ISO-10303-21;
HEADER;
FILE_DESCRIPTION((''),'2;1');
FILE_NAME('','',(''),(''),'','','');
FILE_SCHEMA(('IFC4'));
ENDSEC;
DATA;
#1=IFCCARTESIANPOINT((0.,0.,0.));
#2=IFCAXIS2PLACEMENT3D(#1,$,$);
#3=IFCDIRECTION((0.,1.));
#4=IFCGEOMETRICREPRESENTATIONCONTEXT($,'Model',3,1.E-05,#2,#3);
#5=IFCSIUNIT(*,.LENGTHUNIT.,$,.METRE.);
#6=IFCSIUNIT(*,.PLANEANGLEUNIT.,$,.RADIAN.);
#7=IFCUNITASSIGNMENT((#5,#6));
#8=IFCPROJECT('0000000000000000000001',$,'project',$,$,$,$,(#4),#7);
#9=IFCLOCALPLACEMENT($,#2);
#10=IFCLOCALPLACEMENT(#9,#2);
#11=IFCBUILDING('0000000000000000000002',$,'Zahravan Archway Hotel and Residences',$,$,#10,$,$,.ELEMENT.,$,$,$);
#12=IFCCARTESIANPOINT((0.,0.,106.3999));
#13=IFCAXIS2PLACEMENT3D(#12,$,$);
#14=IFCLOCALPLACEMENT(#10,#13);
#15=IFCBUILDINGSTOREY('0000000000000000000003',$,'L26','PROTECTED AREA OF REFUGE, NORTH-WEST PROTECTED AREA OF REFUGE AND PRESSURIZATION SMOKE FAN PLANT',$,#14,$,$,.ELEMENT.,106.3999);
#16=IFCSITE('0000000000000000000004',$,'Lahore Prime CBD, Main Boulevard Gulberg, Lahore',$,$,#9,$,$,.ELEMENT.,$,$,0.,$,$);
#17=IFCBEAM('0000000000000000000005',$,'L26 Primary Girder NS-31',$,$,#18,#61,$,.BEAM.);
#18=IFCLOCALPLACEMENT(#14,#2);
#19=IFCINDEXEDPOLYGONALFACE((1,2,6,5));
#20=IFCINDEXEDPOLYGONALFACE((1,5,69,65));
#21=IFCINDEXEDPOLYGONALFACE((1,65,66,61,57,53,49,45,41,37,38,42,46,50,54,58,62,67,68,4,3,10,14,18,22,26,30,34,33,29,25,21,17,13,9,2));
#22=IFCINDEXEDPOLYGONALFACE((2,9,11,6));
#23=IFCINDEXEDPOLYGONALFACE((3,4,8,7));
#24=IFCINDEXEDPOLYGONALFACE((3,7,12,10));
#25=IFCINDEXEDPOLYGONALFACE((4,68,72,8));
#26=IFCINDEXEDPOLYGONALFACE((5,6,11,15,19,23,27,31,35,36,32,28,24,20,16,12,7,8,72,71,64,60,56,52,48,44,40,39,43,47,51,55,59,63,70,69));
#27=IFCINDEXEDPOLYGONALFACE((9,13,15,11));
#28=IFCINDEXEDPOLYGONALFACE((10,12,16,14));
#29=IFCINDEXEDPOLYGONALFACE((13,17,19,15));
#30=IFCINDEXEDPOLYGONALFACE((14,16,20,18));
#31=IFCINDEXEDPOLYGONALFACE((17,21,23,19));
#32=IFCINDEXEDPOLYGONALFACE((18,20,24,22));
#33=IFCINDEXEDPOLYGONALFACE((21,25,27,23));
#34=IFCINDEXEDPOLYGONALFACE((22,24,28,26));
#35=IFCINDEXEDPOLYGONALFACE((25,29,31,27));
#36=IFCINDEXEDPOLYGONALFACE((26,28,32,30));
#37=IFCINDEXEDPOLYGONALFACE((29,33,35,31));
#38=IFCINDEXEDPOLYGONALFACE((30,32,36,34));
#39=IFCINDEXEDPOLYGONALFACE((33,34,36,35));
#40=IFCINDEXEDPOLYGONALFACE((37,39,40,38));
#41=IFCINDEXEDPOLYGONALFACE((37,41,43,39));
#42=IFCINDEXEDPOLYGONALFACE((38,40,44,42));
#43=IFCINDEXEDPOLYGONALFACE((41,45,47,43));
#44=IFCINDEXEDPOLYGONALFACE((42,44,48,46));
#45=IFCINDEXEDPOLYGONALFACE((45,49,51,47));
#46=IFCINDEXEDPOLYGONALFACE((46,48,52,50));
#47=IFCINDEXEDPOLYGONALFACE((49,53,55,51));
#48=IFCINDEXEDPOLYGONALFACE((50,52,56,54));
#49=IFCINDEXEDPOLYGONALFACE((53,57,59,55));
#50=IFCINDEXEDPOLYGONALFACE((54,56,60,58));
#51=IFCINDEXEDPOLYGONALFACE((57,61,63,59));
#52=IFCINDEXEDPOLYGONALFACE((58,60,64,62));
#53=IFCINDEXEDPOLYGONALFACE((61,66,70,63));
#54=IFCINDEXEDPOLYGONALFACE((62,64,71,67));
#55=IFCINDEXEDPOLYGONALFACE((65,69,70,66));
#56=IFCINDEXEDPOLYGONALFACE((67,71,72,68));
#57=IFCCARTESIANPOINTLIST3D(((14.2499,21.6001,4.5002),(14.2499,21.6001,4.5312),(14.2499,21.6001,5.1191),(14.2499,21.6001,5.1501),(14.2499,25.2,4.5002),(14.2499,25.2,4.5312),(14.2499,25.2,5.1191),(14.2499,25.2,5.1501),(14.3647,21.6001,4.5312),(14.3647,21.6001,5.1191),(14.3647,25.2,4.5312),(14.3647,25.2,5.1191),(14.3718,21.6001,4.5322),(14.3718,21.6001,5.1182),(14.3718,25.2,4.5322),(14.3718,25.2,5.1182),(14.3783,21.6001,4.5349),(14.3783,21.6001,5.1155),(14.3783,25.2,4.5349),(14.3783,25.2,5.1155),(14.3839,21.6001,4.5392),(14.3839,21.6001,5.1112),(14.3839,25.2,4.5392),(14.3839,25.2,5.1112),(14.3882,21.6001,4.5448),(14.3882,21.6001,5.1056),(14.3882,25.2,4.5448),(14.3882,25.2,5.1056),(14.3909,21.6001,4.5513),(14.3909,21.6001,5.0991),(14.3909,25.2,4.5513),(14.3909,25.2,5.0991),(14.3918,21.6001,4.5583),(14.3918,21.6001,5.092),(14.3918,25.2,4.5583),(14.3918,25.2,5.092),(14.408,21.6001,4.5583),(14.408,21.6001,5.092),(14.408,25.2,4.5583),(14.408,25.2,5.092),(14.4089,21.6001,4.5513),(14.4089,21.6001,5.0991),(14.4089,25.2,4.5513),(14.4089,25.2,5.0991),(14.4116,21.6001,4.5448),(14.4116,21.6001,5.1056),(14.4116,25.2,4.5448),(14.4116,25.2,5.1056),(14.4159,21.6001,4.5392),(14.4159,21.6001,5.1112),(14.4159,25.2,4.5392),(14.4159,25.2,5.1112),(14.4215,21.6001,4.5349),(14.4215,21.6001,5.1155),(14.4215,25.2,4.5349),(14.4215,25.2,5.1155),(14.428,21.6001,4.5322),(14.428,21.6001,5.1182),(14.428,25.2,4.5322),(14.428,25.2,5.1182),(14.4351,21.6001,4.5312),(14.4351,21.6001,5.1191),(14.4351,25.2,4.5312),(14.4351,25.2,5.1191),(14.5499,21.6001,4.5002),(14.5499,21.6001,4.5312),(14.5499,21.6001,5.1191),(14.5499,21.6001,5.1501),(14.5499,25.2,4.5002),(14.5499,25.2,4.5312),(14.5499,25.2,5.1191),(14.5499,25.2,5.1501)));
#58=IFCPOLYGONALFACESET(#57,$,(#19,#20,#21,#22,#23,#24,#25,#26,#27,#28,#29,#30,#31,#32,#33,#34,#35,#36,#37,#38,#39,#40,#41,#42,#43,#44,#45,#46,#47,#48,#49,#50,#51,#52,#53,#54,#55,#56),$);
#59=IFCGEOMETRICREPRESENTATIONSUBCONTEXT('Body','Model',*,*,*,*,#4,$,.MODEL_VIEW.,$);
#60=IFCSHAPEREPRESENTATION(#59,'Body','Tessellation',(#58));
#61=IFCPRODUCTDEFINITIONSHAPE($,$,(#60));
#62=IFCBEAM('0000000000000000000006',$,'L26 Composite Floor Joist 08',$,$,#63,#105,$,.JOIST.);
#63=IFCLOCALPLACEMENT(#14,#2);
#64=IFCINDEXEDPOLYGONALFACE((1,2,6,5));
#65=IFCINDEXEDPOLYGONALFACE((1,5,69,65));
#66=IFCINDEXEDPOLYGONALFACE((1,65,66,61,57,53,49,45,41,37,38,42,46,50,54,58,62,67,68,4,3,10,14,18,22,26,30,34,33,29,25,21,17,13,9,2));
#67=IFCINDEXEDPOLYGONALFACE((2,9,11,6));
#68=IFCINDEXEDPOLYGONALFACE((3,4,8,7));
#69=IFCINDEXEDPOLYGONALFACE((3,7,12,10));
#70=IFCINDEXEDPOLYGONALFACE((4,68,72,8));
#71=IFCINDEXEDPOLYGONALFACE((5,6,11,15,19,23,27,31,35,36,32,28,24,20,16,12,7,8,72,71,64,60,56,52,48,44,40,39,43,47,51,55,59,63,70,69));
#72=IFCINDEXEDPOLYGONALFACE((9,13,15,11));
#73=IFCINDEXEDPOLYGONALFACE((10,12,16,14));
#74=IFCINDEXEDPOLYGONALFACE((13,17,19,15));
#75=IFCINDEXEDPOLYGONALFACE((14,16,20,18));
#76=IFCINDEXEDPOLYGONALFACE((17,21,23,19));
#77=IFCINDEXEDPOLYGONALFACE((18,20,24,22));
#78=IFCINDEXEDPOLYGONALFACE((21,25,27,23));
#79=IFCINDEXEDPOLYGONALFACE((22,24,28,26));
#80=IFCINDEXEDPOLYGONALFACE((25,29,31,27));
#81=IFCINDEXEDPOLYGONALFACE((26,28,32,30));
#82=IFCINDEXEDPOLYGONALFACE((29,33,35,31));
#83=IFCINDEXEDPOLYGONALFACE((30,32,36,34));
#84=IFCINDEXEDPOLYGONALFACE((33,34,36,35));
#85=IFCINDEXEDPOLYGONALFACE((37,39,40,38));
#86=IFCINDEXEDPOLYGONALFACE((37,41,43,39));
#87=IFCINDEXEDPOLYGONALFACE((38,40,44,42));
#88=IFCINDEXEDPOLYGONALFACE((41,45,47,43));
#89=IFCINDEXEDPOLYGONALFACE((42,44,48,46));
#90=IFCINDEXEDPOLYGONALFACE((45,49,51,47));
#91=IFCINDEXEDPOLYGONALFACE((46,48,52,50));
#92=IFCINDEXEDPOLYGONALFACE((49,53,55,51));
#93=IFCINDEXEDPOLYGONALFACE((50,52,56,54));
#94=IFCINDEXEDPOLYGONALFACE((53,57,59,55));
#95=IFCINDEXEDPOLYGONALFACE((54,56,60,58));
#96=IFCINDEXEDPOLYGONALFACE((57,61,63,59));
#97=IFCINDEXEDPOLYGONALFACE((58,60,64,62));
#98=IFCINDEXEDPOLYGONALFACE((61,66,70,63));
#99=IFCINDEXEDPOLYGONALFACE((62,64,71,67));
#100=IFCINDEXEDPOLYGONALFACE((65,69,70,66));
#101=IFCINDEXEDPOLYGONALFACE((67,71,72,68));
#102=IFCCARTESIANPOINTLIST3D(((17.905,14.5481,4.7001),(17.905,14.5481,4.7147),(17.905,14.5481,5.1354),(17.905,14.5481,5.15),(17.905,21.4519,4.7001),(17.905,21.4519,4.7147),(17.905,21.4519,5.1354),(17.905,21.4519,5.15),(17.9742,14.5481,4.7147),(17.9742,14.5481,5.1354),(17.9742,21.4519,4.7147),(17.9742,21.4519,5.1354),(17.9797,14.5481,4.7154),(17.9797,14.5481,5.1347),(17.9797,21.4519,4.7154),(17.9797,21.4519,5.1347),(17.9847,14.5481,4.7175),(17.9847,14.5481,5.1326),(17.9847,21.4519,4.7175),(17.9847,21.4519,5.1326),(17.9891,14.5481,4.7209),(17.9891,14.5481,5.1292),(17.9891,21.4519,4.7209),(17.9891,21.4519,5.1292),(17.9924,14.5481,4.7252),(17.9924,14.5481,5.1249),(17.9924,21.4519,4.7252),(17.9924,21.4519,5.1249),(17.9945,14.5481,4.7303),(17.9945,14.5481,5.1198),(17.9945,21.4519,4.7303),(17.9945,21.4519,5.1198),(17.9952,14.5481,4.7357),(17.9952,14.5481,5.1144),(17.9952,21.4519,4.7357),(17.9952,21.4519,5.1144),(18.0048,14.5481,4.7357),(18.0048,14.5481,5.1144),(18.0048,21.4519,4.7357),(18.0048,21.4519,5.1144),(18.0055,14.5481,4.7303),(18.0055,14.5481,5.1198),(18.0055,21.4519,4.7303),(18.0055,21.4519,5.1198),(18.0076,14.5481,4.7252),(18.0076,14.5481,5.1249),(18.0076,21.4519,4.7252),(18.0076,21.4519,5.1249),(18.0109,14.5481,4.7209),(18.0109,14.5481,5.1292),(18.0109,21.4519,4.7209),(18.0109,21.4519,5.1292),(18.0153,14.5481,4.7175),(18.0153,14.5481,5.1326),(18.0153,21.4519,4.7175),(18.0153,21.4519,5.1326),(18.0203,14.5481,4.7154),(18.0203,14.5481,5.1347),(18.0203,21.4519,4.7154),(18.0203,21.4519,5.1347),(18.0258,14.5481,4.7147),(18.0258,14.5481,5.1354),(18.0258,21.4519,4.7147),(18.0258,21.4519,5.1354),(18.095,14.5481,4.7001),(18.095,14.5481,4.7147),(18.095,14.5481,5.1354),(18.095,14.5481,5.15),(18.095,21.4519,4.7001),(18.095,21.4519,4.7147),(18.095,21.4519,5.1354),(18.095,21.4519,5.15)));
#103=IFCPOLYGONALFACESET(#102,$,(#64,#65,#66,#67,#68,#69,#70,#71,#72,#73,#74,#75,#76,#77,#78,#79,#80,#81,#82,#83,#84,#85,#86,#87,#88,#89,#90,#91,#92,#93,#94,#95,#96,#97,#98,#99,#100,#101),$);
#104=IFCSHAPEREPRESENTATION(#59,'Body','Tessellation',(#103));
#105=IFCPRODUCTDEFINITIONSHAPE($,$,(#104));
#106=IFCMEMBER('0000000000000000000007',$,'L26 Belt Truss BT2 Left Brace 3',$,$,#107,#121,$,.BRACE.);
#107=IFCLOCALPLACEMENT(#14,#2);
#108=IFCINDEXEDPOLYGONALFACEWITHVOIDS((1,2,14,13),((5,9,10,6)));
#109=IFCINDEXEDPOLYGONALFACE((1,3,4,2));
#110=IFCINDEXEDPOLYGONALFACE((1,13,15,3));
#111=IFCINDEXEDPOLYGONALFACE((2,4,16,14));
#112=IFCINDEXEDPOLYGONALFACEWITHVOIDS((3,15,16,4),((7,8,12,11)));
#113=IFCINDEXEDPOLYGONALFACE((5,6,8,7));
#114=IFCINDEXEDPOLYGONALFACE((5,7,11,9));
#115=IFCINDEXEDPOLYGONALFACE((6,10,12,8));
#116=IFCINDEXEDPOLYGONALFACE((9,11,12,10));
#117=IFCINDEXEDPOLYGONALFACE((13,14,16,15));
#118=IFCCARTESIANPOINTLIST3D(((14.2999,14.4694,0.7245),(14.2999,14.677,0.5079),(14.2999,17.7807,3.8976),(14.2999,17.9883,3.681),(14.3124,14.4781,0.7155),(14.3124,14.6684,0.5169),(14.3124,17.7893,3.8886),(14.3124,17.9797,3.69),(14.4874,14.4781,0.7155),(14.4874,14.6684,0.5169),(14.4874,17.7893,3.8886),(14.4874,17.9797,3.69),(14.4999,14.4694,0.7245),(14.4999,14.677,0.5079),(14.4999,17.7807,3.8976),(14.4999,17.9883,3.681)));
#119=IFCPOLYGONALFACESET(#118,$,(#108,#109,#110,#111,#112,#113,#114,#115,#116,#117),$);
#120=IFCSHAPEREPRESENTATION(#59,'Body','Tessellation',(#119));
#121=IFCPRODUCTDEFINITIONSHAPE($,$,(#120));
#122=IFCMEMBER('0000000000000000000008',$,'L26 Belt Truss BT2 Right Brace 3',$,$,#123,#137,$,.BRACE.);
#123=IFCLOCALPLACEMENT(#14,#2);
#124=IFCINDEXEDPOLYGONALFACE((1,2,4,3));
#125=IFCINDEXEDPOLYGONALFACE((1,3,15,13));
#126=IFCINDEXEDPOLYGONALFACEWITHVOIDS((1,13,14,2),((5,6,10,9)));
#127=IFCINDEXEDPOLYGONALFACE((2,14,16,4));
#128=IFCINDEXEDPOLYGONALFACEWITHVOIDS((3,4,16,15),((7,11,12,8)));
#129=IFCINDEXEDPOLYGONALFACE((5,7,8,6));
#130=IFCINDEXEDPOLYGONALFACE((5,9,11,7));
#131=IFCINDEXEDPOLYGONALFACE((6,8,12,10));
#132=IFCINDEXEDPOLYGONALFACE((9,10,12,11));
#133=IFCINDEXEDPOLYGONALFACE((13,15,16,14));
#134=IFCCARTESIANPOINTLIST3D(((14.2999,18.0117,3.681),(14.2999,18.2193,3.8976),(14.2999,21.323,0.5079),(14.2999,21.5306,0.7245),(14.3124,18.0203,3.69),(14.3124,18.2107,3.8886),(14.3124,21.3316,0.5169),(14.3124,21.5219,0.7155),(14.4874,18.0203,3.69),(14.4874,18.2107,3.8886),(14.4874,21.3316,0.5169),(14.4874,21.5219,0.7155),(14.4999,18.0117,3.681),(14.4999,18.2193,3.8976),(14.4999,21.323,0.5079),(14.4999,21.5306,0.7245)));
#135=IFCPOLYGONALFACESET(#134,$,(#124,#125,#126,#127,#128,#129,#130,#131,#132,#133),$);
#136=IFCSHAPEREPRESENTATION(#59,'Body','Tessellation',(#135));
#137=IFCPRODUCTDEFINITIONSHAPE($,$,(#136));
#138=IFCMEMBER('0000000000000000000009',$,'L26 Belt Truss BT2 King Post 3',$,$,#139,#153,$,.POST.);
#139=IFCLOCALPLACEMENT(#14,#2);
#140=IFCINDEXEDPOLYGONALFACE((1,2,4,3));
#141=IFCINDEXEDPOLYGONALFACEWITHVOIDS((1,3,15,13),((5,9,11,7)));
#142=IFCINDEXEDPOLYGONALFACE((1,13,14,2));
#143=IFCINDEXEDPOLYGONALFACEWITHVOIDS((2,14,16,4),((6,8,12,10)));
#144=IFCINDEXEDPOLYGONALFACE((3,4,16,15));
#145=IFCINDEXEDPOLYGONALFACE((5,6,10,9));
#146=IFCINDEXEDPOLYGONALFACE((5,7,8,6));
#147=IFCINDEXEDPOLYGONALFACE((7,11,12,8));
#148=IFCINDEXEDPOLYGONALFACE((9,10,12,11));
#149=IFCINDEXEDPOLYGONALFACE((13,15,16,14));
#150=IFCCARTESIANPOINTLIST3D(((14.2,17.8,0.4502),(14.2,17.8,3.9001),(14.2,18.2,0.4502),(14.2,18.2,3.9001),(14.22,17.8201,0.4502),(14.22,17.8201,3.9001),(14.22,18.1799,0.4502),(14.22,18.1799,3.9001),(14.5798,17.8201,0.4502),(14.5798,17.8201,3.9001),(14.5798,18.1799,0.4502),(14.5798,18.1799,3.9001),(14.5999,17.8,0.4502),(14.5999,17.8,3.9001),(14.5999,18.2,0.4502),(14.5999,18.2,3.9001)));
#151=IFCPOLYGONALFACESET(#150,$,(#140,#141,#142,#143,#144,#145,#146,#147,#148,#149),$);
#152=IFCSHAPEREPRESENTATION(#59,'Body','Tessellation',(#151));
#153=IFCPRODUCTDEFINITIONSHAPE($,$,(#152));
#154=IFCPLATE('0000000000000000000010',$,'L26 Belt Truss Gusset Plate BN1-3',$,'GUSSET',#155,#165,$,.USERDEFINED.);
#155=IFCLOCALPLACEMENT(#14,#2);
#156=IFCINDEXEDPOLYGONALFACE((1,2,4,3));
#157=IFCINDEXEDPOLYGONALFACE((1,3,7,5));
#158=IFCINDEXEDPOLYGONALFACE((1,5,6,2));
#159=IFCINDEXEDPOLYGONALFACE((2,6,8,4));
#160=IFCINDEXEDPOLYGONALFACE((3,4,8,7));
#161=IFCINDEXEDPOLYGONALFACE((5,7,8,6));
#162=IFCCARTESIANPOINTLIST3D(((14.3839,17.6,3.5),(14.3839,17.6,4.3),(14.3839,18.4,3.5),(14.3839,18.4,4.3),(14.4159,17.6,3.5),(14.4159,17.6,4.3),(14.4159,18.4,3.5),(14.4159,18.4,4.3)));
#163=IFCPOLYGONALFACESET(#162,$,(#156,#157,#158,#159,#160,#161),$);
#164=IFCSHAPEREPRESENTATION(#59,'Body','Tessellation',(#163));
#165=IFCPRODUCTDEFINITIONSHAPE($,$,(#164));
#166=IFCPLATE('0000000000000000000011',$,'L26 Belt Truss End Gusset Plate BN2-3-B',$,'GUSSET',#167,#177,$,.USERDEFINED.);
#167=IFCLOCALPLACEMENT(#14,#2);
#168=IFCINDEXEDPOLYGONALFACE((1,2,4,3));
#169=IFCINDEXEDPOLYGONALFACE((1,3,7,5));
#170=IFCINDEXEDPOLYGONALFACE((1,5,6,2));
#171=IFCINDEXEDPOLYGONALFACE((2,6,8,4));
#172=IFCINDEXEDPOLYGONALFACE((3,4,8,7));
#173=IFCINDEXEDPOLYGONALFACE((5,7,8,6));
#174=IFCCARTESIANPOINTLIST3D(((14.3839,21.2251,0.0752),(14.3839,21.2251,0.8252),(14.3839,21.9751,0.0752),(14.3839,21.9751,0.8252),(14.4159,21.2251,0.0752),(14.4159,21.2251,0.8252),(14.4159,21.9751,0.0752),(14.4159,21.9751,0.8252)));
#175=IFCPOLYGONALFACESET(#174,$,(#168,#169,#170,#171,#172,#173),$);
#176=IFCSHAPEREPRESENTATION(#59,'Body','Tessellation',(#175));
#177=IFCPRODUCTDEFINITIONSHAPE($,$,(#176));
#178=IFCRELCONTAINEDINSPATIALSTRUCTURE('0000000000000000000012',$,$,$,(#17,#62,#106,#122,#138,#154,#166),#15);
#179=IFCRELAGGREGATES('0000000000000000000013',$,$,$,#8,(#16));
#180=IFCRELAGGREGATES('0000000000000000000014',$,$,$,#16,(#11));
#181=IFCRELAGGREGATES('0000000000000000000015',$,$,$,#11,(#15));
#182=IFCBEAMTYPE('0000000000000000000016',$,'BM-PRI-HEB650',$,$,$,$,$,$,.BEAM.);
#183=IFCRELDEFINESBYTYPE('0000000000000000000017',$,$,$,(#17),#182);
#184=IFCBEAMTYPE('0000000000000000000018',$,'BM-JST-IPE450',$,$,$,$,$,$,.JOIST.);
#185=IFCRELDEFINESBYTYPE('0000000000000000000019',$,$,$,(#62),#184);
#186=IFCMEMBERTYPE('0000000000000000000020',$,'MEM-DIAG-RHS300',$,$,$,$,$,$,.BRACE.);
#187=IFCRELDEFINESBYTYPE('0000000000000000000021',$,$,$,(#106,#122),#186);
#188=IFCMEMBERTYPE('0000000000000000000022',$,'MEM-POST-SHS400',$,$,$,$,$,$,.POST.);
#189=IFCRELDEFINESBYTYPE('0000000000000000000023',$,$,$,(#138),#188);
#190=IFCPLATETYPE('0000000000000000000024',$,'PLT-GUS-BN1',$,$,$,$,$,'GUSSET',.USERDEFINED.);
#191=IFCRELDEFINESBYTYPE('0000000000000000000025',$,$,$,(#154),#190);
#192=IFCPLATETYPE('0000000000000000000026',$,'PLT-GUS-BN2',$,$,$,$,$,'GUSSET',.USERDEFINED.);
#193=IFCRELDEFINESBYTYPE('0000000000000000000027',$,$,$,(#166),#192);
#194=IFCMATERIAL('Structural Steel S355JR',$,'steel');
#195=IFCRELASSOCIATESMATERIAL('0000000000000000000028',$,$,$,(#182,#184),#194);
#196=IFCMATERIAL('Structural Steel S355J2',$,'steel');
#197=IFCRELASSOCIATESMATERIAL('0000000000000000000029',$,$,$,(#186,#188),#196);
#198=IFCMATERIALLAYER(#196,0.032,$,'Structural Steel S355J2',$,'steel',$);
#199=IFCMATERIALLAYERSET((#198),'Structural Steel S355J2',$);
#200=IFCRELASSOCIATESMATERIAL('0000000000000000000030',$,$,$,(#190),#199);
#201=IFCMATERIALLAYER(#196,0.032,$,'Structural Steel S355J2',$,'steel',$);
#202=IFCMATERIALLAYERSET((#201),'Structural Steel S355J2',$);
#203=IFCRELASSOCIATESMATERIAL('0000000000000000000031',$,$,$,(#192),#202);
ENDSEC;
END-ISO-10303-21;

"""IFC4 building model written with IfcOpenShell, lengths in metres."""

from ifc_helpers import new_model, si_unit, direction, frame, origin, origin_2d, place, context, subcontext, project, spatial, rectangle, hollow_rectangle, i_section, extrude, source, transform, mapped, material, layer, layer_set, material_profile, profile_set, type_object, type_shapes, element, save


model = new_model("IFC4")

# Units and contexts
model_context = context("Model", 3, precision=1e-05, world=origin(), true_north=direction((0.0, 1.0)))
body_context = subcontext(model_context, "Body", "Model", "MODEL_VIEW")
ifc_project = project(units=[si_unit("LENGTHUNIT", "METRE"), si_unit("PLANEANGLEUNIT", "RADIAN")], contexts=[model_context])

# Site, building, storey
site_placement = place(None, origin())
site = spatial("IfcSite", under=ifc_project, at=site_placement, Name="Lahore Prime CBD, Main Boulevard Gulberg, Lahore", CompositionType="ELEMENT", RefElevation=0.0)
building_placement = place(site_placement, origin())
building = spatial("IfcBuilding", under=site, at=building_placement, Name="Zahravan Archway Hotel and Residences", CompositionType="ELEMENT")
storey_placement = place(building_placement, frame((0.0, 0.0, 106.3999)))
storey = spatial("IfcBuildingStorey", under=building, at=storey_placement, Name="L26", Description="PROTECTED AREA OF REFUGE, NORTH-WEST PROTECTED AREA OF REFUGE AND PRESSURIZATION SMOKE FAN PLANT", CompositionType="ELEMENT", Elevation=106.3999)

# Beams
ifc_material_1 = material(Name="Structural Steel S355JR", Category="steel")
ifc_material_profile_1 = material_profile(ifc_material_1, i_section(OverallWidth=0.3, OverallDepth=0.6499, WebThickness=0.0161, FlangeThickness=0.031, FilletRadius=0.0271, at=origin_2d()), Name="HEB 650", Category="steel")
ifc_profile_set_1 = profile_set([ifc_material_profile_1], Name="Structural Steel S355JR")
beam_type_1 = type_object("IfcBeamType", Name="BM-PRI-HEB650", PredefinedType="BEAM", material=ifc_profile_set_1)
shared_shape_1 = source(origin(), body_context, "Body", "SweptSolid", [
    extrude(i_section(OverallWidth=0.3, OverallDepth=0.6499, WebThickness=0.0161, FlangeThickness=0.031, FilletRadius=0.0271, at=origin_2d()), origin(), (0.0, 0.0, 1.0), 3.5999),
])
beam_1_placement = place(storey_placement, frame((14.3999, 21.6001, 4.8252), z_axis=(0.0, 1.0, 0.0), x_axis=(-1.0, 0.0, 0.0)))
element("IfcBeam", 1, at=beam_1_placement, inside=storey, type_object=beam_type_1, Name="L26 Primary Girder NS-31", PredefinedType="BEAM", context=body_context, shape_type="MappedRepresentation", body=[
    mapped(shared_shape_1, transform((0.0, 0.0, 0.0), scale=1.0)),
])
ifc_material_profile_2 = material_profile(ifc_material_1, i_section(OverallWidth=0.1899, OverallDepth=0.45, WebThickness=0.0095, FlangeThickness=0.0146, FilletRadius=0.021, at=origin_2d()), Name="IPE 450", Category="steel")
ifc_profile_set_2 = profile_set([ifc_material_profile_2], Name="Structural Steel S355JR")
beam_type_2 = type_object("IfcBeamType", Name="BM-JST-IPE450", PredefinedType="JOIST", material=ifc_profile_set_2)
shared_shape_2 = source(origin(), body_context, "Body", "SweptSolid", [
    extrude(i_section(OverallWidth=0.1899, OverallDepth=0.45, WebThickness=0.0095, FlangeThickness=0.0146, FilletRadius=0.021, at=origin_2d()), origin(), (0.0, 0.0, 1.0), 6.9038),
])
beam_2_placement = place(storey_placement, frame((18.0, 14.5481, 4.925), z_axis=(0.0, 1.0, 0.0), x_axis=(-1.0, 0.0, 0.0)))
element("IfcBeam", 2, at=beam_2_placement, inside=storey, type_object=beam_type_2, Name="L26 Composite Floor Joist 08", PredefinedType="JOIST", context=body_context, shape_type="MappedRepresentation", body=[
    mapped(shared_shape_2, transform((0.0, 0.0, 0.0), scale=1.0)),
])

# Members
ifc_material_2 = material(Name="Structural Steel S355J2", Category="steel")
ifc_material_profile_3 = material_profile(ifc_material_2, hollow_rectangle(XDim=0.2, YDim=0.3, WallThickness=0.0125, at=origin_2d()), Name="RHS 300x200x12.5", Category="steel")
ifc_profile_set_3 = profile_set([ifc_material_profile_3], Name="Structural Steel S355J2")
member_type_1 = type_object("IfcMemberType", Name="MEM-DIAG-RHS300", PredefinedType="BRACE", material=ifc_profile_set_3)
shared_shape_3 = source(origin(), body_context, "Body", "SweptSolid", [
    extrude(hollow_rectangle(XDim=0.2, YDim=0.3, WallThickness=0.0125, at=origin_2d()), origin(), (0.0, 0.0, 1.0), 4.5862),
])
type_shapes(member_type_1, [shared_shape_3])
for number, where, z_axis, x_axis, name in (
    (3, (14.3999, 14.5732, 0.6162), (0.0, 0.722011, 0.691881), (-1.0, 0.0, 0.0), "L26 Belt Truss BT2 Left Brace 3"),
    (4, (14.3999, 18.1155, 3.7893), (0.0, 0.722011, -0.691881), (-1.0, 0.0, 0.0), "L26 Belt Truss BT2 Right Brace 3"),
):
    element("IfcMember", number, at=place(storey_placement, frame(where, z_axis=z_axis, x_axis=x_axis)), inside=storey, type_object=member_type_1, Name=name, PredefinedType="BRACE", context=body_context, shape_type="MappedRepresentation", body=[
        mapped(shared_shape_3, transform((0.0, 0.0, 0.0), scale=1.0)),
    ])
ifc_material_profile_4 = material_profile(ifc_material_2, hollow_rectangle(XDim=0.3999, YDim=0.3999, WallThickness=0.02, at=origin_2d()), Name="SHS 400x400x20", Category="steel")
ifc_profile_set_4 = profile_set([ifc_material_profile_4], Name="Structural Steel S355J2")
member_type_2 = type_object("IfcMemberType", Name="MEM-POST-SHS400", PredefinedType="POST", material=ifc_profile_set_4)
shared_shape_4 = source(origin(), body_context, "Body", "SweptSolid", [
    extrude(hollow_rectangle(XDim=0.3999, YDim=0.3999, WallThickness=0.02, at=origin_2d()), origin(), (0.0, 0.0, 1.0), 3.45),
])
type_shapes(member_type_2, [shared_shape_4])
member_placement = place(storey_placement, frame((14.3999, 18.0, 0.4502), z_axis=(0.0, 0.0, 1.0), x_axis=(1.0, 0.0, 0.0)))
element("IfcMember", 5, at=member_placement, inside=storey, type_object=member_type_2, Name="L26 Belt Truss BT2 King Post 3", PredefinedType="POST", context=body_context, shape_type="MappedRepresentation", body=[
    mapped(shared_shape_4, transform((0.0, 0.0, 0.0), scale=1.0)),
])

# Plates
ifc_layer_1 = layer(ifc_material_2, 0.032, Name="Structural Steel S355J2", Category="steel")
ifc_layer_set_1 = layer_set([ifc_layer_1], Name="Structural Steel S355J2")
plate_type_1 = type_object("IfcPlateType", Name="PLT-GUS-BN1", ElementType="GUSSET", PredefinedType="USERDEFINED", material=ifc_layer_set_1)
shared_shape_5 = source(origin(), body_context, "Body", "SweptSolid", [
    extrude(rectangle(XDim=0.8, YDim=0.032, at=origin_2d()), origin(), (0.0, 0.0, 1.0), 0.8),
])
type_shapes(plate_type_1, [shared_shape_5])
plate_1_placement = place(storey_placement, frame((14.3999, 18.0, 3.5), z_axis=(0.0, 0.0, 1.0), x_axis=(0.0, 1.0, 0.0)))
element("IfcPlate", 6, at=plate_1_placement, inside=storey, type_object=plate_type_1, Name="L26 Belt Truss Gusset Plate BN1-3", ObjectType="GUSSET", PredefinedType="USERDEFINED", context=body_context, shape_type="MappedRepresentation", body=[
    mapped(shared_shape_5, transform((0.0, 0.0, 0.0), scale=1.0)),
])
ifc_layer_2 = layer(ifc_material_2, 0.032, Name="Structural Steel S355J2", Category="steel")
ifc_layer_set_2 = layer_set([ifc_layer_2], Name="Structural Steel S355J2")
plate_type_2 = type_object("IfcPlateType", Name="PLT-GUS-BN2", ElementType="GUSSET", PredefinedType="USERDEFINED", material=ifc_layer_set_2)
shared_shape_6 = source(origin(), body_context, "Body", "SweptSolid", [
    extrude(rectangle(XDim=0.75, YDim=0.032, at=origin_2d()), origin(), (0.0, 0.0, 1.0), 0.75),
])
type_shapes(plate_type_2, [shared_shape_6])
plate_2_placement = place(storey_placement, frame((14.3999, 21.6001, 0.0752), z_axis=(0.0, 0.0, 1.0), x_axis=(0.0, 1.0, 0.0)))
element("IfcPlate", 7, at=plate_2_placement, inside=storey, type_object=plate_type_2, Name="L26 Belt Truss End Gusset Plate BN2-3-B", ObjectType="GUSSET", PredefinedType="USERDEFINED", context=body_context, shape_type="MappedRepresentation", body=[
    mapped(shared_shape_6, transform((0.0, 0.0, 0.0), scale=1.0)),
])

save(model, "model.ifc")
